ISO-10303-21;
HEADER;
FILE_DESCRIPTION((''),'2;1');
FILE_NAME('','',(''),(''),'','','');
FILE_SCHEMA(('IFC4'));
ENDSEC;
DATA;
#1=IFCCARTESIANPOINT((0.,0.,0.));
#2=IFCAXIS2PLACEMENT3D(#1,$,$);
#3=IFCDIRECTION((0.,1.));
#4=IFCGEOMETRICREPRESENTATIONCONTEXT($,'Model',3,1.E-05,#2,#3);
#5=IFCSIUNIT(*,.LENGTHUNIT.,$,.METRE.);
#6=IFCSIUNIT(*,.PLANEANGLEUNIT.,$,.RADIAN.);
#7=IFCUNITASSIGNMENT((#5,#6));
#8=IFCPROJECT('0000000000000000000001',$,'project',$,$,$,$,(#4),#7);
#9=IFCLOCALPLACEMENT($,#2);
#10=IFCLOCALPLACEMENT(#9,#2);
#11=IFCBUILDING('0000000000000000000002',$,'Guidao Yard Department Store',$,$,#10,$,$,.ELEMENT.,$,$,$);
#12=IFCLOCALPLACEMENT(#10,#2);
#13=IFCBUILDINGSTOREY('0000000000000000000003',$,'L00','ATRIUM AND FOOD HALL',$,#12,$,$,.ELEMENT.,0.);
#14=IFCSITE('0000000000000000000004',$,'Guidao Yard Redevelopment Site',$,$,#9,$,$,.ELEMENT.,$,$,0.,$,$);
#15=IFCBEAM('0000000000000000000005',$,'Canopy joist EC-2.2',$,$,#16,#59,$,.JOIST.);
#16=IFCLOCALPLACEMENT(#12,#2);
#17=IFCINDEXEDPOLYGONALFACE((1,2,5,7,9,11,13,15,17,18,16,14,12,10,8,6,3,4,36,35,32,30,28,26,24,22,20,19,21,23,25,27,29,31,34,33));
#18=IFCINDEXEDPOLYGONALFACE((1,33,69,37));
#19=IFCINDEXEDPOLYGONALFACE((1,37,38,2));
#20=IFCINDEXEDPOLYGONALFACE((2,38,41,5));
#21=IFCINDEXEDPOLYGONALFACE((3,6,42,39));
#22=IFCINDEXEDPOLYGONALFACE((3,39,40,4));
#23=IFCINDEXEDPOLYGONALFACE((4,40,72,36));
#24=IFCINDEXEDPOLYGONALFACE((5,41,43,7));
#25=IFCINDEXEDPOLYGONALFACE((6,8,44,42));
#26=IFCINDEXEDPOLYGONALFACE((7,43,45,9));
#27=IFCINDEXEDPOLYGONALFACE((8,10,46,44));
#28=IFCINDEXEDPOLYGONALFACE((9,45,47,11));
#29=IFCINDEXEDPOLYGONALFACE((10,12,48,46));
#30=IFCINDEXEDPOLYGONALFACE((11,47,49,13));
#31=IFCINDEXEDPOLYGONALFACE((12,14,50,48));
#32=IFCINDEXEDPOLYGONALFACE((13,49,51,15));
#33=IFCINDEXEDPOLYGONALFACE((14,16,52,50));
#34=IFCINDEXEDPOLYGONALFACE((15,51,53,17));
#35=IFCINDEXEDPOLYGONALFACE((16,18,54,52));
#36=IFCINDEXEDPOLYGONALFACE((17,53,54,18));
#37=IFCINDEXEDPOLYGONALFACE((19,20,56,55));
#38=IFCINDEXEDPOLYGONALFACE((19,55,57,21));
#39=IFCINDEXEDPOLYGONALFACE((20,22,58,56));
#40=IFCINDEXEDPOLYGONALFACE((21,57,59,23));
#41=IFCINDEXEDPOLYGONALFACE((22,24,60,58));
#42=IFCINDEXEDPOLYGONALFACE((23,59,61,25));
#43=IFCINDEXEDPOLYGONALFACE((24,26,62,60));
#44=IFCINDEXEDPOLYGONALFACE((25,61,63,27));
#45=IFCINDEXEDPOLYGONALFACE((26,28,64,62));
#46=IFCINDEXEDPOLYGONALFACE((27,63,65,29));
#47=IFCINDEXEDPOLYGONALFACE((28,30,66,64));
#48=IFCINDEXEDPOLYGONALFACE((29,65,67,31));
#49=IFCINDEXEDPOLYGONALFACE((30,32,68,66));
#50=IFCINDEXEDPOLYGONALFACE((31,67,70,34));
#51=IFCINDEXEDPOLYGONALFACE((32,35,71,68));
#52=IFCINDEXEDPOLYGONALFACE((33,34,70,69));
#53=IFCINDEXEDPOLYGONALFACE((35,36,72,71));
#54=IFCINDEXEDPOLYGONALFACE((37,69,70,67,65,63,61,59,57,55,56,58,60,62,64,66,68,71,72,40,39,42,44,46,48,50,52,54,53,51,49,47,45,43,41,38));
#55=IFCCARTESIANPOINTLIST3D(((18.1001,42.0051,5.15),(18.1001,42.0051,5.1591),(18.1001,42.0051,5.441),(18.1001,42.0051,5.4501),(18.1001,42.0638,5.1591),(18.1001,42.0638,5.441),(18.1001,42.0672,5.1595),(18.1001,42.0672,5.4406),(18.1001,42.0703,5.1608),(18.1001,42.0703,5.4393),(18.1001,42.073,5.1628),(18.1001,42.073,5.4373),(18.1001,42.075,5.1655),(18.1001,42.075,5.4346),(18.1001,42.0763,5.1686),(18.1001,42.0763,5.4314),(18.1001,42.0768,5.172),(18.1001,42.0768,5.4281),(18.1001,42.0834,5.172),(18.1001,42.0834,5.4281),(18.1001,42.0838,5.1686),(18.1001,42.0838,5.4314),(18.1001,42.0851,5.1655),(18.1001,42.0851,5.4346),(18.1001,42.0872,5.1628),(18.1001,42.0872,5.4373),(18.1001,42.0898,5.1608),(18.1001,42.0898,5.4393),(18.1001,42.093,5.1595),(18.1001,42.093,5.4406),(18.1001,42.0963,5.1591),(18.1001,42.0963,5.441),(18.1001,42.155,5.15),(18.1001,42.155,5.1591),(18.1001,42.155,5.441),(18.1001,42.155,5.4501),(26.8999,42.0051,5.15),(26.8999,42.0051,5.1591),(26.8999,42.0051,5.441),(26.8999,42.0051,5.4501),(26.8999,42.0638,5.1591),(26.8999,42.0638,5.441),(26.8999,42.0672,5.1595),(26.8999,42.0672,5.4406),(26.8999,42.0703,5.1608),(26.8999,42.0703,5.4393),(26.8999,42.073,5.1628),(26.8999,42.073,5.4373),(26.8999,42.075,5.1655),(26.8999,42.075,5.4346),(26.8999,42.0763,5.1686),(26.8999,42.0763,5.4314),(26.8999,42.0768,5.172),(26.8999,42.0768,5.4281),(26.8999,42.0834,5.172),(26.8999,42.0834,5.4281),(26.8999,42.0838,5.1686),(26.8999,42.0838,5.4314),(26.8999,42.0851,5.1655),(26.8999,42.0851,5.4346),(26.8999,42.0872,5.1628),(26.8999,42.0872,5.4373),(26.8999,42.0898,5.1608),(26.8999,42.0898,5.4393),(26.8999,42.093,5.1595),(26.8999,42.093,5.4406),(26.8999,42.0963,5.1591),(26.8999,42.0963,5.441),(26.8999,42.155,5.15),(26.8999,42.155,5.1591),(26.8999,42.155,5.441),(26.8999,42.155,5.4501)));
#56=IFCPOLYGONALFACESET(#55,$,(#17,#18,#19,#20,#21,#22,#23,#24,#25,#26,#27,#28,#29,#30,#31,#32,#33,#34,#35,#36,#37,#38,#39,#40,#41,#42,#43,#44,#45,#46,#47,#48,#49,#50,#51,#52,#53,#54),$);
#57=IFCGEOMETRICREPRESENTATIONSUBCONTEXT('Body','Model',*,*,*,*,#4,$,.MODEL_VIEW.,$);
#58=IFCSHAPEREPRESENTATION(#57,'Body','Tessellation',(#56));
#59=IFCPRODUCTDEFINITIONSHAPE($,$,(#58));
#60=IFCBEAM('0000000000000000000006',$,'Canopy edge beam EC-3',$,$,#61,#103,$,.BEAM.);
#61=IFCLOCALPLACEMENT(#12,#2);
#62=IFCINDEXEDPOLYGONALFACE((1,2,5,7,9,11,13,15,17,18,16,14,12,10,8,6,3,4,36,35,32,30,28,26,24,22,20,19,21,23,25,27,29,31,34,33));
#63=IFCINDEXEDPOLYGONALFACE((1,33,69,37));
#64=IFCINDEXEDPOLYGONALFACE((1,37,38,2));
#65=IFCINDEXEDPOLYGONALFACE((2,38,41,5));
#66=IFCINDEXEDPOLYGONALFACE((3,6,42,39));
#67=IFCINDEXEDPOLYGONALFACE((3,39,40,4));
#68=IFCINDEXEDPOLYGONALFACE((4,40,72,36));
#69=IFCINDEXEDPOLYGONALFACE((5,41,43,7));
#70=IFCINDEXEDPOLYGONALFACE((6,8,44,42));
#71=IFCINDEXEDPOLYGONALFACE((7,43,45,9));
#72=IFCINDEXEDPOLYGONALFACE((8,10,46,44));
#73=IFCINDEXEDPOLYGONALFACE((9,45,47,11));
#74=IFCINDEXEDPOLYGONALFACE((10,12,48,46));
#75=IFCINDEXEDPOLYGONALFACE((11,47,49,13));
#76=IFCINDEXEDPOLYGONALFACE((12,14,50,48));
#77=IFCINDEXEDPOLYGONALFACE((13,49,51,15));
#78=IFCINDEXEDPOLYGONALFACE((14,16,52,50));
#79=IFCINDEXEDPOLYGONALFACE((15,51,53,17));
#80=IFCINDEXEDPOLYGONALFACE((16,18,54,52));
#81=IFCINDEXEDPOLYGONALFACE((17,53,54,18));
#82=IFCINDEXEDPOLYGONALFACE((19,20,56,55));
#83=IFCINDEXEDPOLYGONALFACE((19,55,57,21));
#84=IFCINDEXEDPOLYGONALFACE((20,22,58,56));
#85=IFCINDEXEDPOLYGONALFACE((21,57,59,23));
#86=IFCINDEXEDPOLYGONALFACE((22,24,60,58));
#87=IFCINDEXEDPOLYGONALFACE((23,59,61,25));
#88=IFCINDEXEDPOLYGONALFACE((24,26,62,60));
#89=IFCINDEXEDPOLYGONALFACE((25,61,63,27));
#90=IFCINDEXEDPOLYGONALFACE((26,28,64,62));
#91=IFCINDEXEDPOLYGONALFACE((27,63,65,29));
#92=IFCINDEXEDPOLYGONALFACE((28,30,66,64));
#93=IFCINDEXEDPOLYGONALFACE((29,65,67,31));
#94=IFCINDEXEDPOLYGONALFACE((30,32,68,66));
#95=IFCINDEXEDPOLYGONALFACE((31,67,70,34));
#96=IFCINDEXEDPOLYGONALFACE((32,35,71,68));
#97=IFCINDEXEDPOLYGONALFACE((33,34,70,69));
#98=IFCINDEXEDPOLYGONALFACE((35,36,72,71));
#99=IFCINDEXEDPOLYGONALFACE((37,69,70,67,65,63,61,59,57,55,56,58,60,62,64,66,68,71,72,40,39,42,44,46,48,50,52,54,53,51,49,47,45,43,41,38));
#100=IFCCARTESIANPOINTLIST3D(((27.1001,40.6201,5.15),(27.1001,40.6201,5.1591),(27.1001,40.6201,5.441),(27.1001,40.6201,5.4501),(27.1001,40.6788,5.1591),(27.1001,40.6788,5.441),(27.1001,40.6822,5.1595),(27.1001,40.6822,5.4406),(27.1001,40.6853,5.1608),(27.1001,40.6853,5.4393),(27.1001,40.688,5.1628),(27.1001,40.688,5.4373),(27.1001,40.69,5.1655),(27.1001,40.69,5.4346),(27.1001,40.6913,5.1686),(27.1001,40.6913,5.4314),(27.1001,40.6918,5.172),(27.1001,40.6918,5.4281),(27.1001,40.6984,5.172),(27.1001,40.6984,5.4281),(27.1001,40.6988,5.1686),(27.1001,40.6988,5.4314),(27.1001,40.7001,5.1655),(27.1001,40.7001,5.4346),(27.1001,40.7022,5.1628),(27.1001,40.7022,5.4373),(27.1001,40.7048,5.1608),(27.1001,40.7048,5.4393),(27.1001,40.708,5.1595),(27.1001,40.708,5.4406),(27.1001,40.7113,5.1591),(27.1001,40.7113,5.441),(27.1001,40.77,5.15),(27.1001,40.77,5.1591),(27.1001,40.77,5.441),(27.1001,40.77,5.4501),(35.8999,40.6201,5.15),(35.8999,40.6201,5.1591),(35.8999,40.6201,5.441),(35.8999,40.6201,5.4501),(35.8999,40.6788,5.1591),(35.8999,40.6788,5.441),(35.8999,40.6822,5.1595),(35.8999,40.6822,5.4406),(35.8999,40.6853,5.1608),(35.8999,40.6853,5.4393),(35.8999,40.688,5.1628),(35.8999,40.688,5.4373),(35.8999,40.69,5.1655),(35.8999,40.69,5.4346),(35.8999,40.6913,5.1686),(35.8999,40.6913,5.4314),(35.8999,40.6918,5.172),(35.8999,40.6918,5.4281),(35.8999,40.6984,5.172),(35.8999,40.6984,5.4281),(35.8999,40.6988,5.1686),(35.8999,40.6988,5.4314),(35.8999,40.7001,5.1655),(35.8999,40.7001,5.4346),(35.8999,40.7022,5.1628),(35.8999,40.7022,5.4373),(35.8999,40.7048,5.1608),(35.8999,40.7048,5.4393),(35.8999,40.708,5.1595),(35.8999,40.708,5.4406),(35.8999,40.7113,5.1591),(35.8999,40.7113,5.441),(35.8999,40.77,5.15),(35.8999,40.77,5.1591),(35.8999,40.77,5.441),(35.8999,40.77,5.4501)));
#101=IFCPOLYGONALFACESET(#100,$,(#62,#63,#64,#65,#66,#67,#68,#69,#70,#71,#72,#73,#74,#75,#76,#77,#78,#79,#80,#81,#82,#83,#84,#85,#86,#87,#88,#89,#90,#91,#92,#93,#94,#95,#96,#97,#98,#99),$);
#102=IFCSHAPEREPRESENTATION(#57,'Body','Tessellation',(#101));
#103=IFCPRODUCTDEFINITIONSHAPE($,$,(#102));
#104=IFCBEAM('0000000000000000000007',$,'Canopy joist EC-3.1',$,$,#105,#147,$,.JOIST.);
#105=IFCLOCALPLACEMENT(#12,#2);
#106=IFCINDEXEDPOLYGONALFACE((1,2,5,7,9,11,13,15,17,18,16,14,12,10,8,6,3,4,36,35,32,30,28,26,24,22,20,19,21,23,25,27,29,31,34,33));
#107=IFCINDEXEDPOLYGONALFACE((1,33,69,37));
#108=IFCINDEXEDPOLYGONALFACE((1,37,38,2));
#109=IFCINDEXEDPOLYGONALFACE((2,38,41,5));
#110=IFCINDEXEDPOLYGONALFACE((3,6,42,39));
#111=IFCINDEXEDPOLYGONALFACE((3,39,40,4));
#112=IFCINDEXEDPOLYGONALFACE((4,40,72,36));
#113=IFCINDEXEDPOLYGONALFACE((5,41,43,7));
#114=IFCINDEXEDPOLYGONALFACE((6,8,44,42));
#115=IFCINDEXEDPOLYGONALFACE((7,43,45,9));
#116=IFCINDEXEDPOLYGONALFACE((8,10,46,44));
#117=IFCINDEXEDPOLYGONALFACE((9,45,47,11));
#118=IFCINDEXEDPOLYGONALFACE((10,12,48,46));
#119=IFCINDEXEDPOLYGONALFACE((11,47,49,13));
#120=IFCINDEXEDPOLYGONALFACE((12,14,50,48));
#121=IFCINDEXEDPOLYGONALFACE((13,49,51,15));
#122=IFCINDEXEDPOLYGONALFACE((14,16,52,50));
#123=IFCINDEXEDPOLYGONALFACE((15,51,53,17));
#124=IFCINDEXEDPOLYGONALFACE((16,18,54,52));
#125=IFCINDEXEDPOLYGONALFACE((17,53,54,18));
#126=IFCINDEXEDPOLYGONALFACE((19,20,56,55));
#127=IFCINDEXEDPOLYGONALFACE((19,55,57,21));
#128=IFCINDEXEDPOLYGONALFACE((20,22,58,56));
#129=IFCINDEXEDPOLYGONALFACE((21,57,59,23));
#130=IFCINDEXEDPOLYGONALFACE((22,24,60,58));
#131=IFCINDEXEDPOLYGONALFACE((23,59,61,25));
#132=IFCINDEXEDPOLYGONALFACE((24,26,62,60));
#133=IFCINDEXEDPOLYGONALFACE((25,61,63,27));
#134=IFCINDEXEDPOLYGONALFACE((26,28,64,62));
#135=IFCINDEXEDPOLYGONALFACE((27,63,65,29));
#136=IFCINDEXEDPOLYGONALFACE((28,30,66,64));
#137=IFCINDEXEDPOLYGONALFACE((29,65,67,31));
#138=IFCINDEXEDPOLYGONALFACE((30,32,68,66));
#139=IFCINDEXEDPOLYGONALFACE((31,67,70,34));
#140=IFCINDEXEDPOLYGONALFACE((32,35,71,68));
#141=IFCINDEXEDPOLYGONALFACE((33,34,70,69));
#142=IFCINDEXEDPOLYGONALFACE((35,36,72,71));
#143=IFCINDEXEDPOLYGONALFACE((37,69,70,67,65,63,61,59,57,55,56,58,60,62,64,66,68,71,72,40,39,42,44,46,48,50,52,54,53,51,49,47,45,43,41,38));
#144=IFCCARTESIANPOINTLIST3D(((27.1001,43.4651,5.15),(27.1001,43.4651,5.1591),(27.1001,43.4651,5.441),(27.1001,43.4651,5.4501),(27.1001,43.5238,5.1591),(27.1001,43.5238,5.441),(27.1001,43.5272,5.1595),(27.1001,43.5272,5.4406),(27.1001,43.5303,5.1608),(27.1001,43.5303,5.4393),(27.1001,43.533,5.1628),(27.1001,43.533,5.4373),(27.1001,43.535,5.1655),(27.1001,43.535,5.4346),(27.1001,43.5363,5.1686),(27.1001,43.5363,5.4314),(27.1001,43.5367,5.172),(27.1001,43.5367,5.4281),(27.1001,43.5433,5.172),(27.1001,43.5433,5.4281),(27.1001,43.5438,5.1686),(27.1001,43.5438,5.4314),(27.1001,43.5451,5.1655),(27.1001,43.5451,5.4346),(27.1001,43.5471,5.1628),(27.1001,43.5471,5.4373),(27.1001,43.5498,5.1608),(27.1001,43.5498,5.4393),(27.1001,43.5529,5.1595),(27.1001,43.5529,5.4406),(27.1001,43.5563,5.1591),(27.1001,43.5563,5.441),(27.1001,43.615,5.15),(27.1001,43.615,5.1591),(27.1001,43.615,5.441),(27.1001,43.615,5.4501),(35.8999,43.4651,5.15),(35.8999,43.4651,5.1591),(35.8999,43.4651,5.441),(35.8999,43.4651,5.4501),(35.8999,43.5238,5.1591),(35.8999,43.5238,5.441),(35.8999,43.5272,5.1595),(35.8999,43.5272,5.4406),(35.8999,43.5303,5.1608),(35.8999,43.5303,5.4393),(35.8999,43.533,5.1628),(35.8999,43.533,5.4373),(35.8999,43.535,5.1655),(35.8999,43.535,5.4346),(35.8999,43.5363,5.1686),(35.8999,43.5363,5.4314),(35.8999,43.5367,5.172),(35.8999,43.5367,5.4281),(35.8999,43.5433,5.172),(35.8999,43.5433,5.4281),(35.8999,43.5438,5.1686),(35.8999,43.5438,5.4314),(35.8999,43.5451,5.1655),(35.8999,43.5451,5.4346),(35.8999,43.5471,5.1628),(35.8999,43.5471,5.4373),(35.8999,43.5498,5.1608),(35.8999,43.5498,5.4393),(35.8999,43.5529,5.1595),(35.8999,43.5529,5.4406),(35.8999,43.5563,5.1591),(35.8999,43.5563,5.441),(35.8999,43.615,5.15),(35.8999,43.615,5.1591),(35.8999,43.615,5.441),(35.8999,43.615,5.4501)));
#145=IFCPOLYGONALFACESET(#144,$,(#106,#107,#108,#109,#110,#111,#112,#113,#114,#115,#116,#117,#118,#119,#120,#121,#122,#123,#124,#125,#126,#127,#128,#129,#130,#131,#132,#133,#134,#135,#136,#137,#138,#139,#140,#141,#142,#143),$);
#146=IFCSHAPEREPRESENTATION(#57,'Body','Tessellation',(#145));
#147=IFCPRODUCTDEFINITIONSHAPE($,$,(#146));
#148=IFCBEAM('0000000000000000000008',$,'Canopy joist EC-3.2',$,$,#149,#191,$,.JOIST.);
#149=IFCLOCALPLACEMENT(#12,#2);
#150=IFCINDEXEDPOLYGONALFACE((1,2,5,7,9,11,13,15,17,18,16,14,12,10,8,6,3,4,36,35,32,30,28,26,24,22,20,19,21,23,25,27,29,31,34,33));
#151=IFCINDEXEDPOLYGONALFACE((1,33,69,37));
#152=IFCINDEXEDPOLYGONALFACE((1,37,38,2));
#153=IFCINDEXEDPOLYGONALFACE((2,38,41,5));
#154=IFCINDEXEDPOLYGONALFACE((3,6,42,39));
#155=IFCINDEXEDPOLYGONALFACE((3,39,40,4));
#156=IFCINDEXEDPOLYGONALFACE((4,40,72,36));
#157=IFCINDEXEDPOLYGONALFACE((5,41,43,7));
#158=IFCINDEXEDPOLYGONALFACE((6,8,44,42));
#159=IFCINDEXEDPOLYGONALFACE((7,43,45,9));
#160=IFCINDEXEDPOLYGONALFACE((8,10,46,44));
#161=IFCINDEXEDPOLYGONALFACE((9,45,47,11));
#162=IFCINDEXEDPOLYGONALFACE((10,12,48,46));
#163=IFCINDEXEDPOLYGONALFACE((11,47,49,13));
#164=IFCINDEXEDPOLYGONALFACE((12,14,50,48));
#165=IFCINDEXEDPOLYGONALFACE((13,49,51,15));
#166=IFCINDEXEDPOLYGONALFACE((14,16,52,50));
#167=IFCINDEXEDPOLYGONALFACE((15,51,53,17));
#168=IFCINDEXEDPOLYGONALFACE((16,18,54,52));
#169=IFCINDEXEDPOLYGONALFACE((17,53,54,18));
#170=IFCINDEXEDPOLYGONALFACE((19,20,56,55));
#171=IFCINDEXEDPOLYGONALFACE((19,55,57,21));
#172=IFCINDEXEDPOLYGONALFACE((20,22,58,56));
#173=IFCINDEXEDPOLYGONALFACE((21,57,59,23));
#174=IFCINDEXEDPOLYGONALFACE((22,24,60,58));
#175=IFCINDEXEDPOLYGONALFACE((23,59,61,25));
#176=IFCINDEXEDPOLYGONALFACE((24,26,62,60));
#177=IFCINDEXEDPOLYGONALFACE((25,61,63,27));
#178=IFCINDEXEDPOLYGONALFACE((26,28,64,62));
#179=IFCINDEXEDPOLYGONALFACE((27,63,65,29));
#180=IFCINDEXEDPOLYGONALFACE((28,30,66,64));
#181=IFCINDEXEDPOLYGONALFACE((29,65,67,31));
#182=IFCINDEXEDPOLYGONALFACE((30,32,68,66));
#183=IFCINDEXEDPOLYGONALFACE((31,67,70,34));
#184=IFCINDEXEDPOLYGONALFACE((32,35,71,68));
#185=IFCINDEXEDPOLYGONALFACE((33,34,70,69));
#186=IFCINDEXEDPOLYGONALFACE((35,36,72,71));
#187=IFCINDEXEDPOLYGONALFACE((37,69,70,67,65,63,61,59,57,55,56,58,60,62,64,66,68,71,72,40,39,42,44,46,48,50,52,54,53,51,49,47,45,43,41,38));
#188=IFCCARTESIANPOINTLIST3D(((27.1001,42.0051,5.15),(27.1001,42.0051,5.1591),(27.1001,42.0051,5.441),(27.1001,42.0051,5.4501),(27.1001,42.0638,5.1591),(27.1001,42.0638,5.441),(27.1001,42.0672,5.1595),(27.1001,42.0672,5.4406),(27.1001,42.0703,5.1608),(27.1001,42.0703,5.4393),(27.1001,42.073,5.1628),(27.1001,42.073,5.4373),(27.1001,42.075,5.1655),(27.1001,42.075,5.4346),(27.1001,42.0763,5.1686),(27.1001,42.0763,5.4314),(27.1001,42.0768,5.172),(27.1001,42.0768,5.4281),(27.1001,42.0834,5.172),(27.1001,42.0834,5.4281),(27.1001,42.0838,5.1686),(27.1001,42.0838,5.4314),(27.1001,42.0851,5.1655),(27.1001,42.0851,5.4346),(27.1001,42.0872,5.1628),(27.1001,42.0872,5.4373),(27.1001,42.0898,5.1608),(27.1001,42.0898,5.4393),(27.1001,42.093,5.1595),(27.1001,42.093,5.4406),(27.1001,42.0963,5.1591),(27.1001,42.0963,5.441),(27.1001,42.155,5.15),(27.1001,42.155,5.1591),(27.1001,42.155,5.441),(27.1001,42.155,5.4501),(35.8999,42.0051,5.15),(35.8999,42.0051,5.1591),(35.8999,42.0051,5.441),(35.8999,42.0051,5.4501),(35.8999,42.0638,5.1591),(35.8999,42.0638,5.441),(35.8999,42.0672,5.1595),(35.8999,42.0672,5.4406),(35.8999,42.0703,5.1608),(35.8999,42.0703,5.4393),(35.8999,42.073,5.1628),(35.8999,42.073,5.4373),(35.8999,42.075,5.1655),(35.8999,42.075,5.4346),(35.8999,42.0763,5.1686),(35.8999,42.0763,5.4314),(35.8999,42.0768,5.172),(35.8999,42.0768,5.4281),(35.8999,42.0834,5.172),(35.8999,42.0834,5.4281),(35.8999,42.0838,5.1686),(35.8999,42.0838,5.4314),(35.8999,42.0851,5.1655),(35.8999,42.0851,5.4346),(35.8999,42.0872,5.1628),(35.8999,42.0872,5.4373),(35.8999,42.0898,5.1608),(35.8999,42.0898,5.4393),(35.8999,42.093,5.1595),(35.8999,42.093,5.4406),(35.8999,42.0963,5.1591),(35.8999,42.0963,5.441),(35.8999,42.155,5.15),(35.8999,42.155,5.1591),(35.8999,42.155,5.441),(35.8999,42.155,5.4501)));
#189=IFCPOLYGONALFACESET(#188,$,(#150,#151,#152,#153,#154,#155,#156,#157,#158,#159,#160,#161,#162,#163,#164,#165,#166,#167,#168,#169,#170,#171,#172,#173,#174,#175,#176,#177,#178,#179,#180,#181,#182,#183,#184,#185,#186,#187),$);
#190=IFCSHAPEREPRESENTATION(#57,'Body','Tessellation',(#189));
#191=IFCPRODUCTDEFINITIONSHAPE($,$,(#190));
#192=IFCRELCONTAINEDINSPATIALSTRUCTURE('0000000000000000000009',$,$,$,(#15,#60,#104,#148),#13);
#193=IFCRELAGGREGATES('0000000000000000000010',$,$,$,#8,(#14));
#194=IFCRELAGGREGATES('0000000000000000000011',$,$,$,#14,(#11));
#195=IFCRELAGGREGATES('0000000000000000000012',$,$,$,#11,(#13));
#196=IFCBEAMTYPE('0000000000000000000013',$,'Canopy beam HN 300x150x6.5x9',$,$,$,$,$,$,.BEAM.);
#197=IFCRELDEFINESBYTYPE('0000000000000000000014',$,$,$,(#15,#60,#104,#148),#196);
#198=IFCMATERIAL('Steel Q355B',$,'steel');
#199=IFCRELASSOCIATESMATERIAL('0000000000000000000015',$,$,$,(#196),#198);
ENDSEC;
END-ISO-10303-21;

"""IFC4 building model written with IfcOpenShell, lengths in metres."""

from ifc_helpers import new_model, si_unit, direction, frame, origin, origin_2d, place, context, subcontext, project, spatial, i_section, extrude, material, material_profile, profile_set, type_object, element, save


model = new_model("IFC4")

# Units and contexts
model_context = context("Model", 3, precision=1e-05, world=origin(), true_north=direction((0.0, 1.0)))
body_context = subcontext(model_context, "Body", "Model", "MODEL_VIEW")
ifc_project = project(units=[si_unit("LENGTHUNIT", "METRE"), si_unit("PLANEANGLEUNIT", "RADIAN")], contexts=[model_context])

# Site, building, storey
site_placement = place(None, origin())
site = spatial("IfcSite", under=ifc_project, at=site_placement, Name="Guidao Yard Redevelopment Site", CompositionType="ELEMENT", RefElevation=0.0)
building_placement = place(site_placement, origin())
building = spatial("IfcBuilding", under=site, at=building_placement, Name="Guidao Yard Department Store", CompositionType="ELEMENT")
storey_placement = place(building_placement, origin())
storey = spatial("IfcBuildingStorey", under=building, at=storey_placement, Name="L00", Description="ATRIUM AND FOOD HALL", CompositionType="ELEMENT", Elevation=0.0)

# Beams
ifc_material_1 = material(Name="Steel Q355B", Category="steel")
ifc_material_profile_1 = material_profile(ifc_material_1, i_section(OverallWidth=0.1499, OverallDepth=0.3, WebThickness=0.0066, FlangeThickness=0.009, FilletRadius=0.0129, at=origin_2d()), Name="HN 300x150x6.5x9")
ifc_profile_set_1 = profile_set([ifc_material_profile_1], Name="Steel Q355B")
beam_type_1 = type_object("IfcBeamType", Name="Canopy beam HN 300x150x6.5x9", PredefinedType="BEAM", material=ifc_profile_set_1)
for number, where, z_axis, x_axis, name in (
    (1, (18.1001, 42.0801, 5.3), (1.0, 0.0, 0.0), (0.0, 1.0, 0.0), "Canopy joist EC-2.2"),
):
    element("IfcBeam", number, at=place(storey_placement, frame(where, z_axis=z_axis, x_axis=x_axis)), inside=storey, type_object=beam_type_1, Name=name, PredefinedType="JOIST", context=body_context, shape_type="SweptSolid", body=[
        extrude(i_section(OverallWidth=0.1499, OverallDepth=0.3, WebThickness=0.0066, FlangeThickness=0.009, FilletRadius=0.0129, at=origin_2d()), origin(), (0.0, 0.0, 1.0), 8.7998),
    ])
beam_1_placement = place(storey_placement, frame((27.1001, 40.6951, 5.3), z_axis=(1.0, 0.0, 0.0), x_axis=(0.0, 1.0, 0.0)))
element("IfcBeam", 2, at=beam_1_placement, inside=storey, type_object=beam_type_1, Name="Canopy edge beam EC-3", PredefinedType="BEAM", context=body_context, shape_type="SweptSolid", body=[
    extrude(i_section(OverallWidth=0.1499, OverallDepth=0.3, WebThickness=0.0066, FlangeThickness=0.009, FilletRadius=0.0129, at=origin_2d()), origin(), (0.0, 0.0, 1.0), 8.7998),
])
for number, where, z_axis, x_axis, name in (
    (3, (27.1001, 43.54, 5.3), (1.0, 0.0, 0.0), (0.0, 1.0, 0.0), "Canopy joist EC-3.1"),
    (4, (27.1001, 42.0801, 5.3), (1.0, 0.0, 0.0), (0.0, 1.0, 0.0), "Canopy joist EC-3.2"),
):
    element("IfcBeam", number, at=place(storey_placement, frame(where, z_axis=z_axis, x_axis=x_axis)), inside=storey, type_object=beam_type_1, Name=name, PredefinedType="JOIST", context=body_context, shape_type="SweptSolid", body=[
        extrude(i_section(OverallWidth=0.1499, OverallDepth=0.3, WebThickness=0.0066, FlangeThickness=0.009, FilletRadius=0.0129, at=origin_2d()), origin(), (0.0, 0.0, 1.0), 8.7998),
    ])

save(model, "model.ifc")
